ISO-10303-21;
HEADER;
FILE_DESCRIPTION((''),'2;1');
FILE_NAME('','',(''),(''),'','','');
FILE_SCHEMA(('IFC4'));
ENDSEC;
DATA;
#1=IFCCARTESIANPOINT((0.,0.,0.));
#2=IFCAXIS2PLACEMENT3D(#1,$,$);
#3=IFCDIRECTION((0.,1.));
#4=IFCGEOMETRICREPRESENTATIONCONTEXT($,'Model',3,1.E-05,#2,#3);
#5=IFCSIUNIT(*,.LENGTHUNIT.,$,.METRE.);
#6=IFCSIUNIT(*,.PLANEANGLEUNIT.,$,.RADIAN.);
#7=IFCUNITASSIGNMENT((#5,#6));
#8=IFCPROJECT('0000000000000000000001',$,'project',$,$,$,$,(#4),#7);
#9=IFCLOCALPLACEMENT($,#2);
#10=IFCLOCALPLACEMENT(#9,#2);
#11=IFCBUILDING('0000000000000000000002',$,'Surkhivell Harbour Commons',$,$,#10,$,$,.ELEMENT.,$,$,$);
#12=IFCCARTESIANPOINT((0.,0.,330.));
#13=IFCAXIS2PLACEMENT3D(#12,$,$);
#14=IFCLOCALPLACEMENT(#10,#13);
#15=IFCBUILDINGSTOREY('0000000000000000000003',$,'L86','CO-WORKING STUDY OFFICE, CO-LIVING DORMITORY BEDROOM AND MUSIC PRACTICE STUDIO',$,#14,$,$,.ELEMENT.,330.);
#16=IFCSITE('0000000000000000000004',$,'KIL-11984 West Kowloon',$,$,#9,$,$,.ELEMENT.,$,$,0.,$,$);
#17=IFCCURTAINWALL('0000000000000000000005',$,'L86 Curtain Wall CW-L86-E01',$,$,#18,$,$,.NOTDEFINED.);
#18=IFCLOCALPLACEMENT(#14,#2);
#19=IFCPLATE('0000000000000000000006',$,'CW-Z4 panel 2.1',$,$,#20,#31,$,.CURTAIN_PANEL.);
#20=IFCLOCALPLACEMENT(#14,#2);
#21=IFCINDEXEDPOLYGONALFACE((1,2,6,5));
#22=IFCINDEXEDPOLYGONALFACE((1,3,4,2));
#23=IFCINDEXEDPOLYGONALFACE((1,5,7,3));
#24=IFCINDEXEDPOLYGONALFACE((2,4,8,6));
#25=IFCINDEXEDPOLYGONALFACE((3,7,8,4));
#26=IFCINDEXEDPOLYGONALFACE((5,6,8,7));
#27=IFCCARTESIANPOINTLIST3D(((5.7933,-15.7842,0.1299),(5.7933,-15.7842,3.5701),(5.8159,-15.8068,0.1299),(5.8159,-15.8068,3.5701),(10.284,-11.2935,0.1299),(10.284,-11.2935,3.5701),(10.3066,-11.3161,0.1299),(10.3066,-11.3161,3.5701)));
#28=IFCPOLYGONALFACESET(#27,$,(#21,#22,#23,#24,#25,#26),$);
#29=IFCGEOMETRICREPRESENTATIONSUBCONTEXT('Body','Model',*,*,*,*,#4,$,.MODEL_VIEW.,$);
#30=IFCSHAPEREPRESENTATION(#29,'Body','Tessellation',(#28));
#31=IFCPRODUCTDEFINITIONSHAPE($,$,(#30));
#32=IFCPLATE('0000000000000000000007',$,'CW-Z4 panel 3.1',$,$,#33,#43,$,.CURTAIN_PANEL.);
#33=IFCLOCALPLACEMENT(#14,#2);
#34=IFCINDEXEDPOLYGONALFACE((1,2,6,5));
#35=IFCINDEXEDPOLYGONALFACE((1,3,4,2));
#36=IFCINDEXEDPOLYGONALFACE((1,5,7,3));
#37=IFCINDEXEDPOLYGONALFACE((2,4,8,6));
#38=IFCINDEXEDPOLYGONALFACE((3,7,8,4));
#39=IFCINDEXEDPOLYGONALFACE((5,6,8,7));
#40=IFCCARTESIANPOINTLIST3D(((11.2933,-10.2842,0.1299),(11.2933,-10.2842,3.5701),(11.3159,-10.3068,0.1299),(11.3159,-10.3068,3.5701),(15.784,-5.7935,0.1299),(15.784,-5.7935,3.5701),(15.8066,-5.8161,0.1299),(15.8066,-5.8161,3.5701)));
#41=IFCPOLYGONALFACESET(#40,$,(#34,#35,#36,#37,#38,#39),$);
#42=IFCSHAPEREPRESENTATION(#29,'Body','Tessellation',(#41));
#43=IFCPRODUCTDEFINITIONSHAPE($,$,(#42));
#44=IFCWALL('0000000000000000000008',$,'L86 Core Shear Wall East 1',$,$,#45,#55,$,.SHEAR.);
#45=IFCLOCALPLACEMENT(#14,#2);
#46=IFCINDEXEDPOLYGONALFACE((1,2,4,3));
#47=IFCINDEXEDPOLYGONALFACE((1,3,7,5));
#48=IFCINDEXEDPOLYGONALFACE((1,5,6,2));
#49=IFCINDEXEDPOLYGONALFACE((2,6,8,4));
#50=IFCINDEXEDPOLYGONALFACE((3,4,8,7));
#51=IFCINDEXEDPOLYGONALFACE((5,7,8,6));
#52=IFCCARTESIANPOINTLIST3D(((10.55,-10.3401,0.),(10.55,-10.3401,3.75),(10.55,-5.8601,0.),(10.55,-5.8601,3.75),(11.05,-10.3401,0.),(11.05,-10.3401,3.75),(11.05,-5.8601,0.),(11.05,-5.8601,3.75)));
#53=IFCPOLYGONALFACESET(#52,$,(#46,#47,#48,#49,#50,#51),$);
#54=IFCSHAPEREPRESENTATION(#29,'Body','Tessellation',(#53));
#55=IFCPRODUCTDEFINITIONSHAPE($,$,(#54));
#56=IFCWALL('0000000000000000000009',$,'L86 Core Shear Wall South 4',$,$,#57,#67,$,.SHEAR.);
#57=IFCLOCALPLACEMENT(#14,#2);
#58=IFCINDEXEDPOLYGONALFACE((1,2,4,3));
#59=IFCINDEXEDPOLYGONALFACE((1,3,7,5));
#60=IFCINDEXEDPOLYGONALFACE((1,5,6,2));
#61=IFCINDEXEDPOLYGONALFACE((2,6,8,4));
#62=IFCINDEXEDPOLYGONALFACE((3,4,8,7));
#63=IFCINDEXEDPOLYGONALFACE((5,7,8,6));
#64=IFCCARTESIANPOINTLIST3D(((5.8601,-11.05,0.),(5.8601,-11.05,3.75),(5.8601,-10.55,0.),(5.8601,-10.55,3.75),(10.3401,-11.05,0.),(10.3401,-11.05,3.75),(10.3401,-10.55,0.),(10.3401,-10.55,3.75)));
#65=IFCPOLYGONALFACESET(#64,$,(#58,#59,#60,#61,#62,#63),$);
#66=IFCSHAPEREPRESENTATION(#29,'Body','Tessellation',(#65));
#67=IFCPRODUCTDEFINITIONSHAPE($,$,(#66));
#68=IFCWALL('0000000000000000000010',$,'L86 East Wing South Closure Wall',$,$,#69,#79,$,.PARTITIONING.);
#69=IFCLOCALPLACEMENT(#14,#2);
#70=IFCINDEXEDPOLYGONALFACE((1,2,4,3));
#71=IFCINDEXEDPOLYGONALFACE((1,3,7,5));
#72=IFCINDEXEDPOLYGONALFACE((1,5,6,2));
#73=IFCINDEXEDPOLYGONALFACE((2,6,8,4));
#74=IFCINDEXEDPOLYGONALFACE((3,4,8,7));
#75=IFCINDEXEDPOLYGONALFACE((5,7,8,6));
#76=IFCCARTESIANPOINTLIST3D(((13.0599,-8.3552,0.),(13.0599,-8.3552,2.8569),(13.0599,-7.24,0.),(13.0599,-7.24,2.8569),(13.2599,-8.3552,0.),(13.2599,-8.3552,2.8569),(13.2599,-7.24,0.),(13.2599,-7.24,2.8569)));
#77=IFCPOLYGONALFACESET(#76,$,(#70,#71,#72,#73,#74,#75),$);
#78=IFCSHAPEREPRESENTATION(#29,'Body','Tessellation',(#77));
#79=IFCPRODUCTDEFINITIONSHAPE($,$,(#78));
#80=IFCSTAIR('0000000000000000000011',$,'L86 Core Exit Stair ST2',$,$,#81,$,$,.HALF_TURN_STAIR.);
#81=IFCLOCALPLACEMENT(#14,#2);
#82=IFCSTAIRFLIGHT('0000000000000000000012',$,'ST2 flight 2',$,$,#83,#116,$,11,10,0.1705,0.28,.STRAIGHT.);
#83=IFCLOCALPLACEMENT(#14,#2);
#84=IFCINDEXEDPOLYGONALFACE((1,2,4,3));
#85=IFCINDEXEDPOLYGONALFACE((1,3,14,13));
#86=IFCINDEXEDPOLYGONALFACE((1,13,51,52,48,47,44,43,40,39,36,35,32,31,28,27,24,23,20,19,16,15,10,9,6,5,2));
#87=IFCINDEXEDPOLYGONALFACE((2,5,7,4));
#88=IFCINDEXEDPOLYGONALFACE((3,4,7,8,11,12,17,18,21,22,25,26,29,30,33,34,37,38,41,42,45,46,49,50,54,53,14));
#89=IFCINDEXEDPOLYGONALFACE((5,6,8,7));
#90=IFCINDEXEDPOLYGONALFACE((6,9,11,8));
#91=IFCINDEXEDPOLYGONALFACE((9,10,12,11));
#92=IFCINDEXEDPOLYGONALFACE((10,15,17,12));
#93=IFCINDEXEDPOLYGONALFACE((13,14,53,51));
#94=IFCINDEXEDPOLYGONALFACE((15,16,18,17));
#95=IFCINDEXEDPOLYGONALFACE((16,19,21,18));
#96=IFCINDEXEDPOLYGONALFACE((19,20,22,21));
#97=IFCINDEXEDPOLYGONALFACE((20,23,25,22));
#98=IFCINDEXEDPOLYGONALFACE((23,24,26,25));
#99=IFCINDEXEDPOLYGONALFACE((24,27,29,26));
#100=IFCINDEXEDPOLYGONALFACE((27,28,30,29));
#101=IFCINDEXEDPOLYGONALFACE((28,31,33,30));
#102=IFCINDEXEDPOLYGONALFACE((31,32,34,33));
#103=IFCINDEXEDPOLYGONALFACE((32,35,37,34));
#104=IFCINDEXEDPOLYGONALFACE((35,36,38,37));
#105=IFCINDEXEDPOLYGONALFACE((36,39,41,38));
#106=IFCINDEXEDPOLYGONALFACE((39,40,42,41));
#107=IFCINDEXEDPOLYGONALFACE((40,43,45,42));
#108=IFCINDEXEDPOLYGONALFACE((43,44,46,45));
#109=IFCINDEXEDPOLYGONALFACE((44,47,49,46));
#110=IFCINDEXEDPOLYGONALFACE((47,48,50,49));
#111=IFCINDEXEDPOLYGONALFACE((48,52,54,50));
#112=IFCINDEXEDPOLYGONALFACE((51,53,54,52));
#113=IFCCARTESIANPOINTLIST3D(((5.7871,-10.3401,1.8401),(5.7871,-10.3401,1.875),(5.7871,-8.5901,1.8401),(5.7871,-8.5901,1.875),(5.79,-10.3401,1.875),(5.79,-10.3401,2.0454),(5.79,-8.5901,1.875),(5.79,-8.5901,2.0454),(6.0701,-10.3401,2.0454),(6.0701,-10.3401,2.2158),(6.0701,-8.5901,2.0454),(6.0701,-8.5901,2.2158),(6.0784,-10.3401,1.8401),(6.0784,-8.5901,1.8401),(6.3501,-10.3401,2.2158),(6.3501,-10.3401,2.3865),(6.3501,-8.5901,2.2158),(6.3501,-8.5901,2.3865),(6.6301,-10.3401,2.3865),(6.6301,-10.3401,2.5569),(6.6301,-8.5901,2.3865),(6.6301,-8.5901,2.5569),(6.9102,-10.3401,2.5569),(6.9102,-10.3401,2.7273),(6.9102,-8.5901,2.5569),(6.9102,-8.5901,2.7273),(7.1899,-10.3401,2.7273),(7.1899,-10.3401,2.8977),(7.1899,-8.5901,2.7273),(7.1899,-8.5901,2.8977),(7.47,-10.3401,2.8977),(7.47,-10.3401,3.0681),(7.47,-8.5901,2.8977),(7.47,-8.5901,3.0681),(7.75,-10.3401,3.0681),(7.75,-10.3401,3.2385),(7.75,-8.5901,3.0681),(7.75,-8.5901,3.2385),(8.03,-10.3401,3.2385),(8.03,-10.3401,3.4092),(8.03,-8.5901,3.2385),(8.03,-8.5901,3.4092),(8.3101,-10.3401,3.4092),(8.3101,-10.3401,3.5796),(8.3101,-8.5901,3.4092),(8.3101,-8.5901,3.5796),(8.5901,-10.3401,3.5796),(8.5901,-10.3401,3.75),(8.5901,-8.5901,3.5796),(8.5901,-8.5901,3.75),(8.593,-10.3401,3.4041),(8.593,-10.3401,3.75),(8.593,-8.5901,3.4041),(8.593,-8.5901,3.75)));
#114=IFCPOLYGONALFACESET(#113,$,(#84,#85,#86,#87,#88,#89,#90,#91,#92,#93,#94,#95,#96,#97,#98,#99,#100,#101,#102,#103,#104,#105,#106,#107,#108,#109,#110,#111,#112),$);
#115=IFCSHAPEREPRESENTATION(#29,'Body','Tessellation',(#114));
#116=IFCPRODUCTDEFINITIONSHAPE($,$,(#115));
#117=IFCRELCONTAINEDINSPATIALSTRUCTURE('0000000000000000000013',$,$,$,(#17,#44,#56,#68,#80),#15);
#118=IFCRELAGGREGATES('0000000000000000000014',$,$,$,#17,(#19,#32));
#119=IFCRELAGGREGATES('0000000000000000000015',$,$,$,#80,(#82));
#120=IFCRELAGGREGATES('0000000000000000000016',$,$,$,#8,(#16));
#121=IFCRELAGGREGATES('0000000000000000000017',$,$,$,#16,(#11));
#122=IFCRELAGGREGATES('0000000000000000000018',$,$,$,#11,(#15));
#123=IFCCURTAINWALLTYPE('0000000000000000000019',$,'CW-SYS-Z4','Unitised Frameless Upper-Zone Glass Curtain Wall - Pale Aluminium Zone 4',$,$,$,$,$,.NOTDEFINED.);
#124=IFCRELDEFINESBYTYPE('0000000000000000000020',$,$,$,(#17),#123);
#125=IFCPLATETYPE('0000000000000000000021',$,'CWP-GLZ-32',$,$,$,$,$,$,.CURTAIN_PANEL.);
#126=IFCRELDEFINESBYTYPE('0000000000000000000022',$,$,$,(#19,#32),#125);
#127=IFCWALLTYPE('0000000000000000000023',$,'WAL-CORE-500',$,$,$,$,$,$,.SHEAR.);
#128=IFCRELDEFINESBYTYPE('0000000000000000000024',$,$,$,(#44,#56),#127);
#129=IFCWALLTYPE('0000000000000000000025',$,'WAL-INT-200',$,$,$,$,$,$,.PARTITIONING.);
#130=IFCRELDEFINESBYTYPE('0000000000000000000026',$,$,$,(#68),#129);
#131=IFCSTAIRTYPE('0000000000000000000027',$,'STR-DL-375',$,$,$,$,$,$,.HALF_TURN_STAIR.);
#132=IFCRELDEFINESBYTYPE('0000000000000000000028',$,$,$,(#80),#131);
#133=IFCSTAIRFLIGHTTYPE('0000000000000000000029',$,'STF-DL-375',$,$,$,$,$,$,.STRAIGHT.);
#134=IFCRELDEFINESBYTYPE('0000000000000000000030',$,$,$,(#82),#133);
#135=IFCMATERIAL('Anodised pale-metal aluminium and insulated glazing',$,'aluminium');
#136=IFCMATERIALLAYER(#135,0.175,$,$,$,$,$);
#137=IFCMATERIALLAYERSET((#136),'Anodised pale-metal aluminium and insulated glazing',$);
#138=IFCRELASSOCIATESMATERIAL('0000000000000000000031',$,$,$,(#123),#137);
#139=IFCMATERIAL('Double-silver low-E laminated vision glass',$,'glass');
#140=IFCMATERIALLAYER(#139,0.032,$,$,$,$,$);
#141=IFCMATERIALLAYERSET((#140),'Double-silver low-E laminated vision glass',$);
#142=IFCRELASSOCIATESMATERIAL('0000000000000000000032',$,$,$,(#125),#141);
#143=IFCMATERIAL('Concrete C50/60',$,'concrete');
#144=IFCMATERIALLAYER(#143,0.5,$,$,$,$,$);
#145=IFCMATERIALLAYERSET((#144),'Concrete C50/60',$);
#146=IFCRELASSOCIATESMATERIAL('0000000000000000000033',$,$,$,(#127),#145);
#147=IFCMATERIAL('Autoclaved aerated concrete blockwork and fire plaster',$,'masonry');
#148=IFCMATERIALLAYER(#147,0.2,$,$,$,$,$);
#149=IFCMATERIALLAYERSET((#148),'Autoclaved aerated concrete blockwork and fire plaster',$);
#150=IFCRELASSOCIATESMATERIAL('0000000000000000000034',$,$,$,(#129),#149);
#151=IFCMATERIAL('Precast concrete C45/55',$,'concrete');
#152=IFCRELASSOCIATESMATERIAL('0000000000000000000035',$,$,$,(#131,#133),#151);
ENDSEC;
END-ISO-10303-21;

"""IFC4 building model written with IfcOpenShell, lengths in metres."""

from ifc_helpers import new_model, si_unit, direction, frame, frame_2d, origin, place, context, subcontext, project, spatial, polyline, rectangle, outline, extrude, material, layer, layer_set, type_object, element, aggregate, save


model = new_model("IFC4")

# Units and contexts
model_context = context("Model", 3, precision=1e-05, world=origin(), true_north=direction((0.0, 1.0)))
body_context = subcontext(model_context, "Body", "Model", "MODEL_VIEW")
ifc_project = project(units=[si_unit("LENGTHUNIT", "METRE"), si_unit("PLANEANGLEUNIT", "RADIAN")], contexts=[model_context])

# Site, building, storey
site_placement = place(None, origin())
site = spatial("IfcSite", under=ifc_project, at=site_placement, Name="KIL-11984 West Kowloon", CompositionType="ELEMENT", RefElevation=0.0)
building_placement = place(site_placement, origin())
building = spatial("IfcBuilding", under=site, at=building_placement, Name="Surkhivell Harbour Commons", CompositionType="ELEMENT")
storey_placement = place(building_placement, frame((0.0, 0.0, 330.0)))
storey = spatial("IfcBuildingStorey", under=building, at=storey_placement, Name="L86", Description="CO-WORKING STUDY OFFICE, CO-LIVING DORMITORY BEDROOM AND MUSIC PRACTICE STUDIO", CompositionType="ELEMENT", Elevation=330.0)

# Shared definitions
ifc_material_1 = material(Name="Concrete C50/60", Category="concrete")

# Curtain wall, plates
ifc_material_2 = material(Name="Anodised pale-metal aluminium and insulated glazing", Category="aluminium")
ifc_layer_1 = layer(ifc_material_2, 0.175)
ifc_layer_set_1 = layer_set([ifc_layer_1], Name="Anodised pale-metal aluminium and insulated glazing")
curtain_wall_type = type_object("IfcCurtainWallType", Name="CW-SYS-Z4", Description="Unitised Frameless Upper-Zone Glass Curtain Wall - Pale Aluminium Zone 4", PredefinedType="NOTDEFINED", material=ifc_layer_set_1)
curtain_wall_placement = place(storey_placement, origin())
curtain_wall = element("IfcCurtainWall", 1, at=curtain_wall_placement, inside=storey, type_object=curtain_wall_type, Name="L86 Curtain Wall CW-L86-E01", PredefinedType="NOTDEFINED")
ifc_material_3 = material(Name="Double-silver low-E laminated vision glass", Category="glass")
ifc_layer_2 = layer(ifc_material_3, 0.032)
ifc_layer_set_2 = layer_set([ifc_layer_2], Name="Double-silver low-E laminated vision glass")
plate_type = type_object("IfcPlateType", Name="CWP-GLZ-32", PredefinedType="CURTAIN_PANEL", material=ifc_layer_set_2)
plate_1_placement = place(storey_placement, frame((5.8047, -15.7954, 0.1299), z_axis=(0.0, 0.0, 1.0), x_axis=(0.707107, 0.707107, 0.0)))
plate_1 = element("IfcPlate", 2, at=plate_1_placement, type_object=plate_type, Name="CW-Z4 panel 2.1", PredefinedType="CURTAIN_PANEL", context=body_context, shape_type="SweptSolid", body=[
    extrude(rectangle(XDim=6.3508, YDim=0.032, at=frame_2d((3.1753, 0.0))), origin(), (0.0, 0.0, 1.0), 3.4402),
])
plate_2_placement = place(storey_placement, frame((11.3047, -10.2954, 0.1299), z_axis=(0.0, 0.0, 1.0), x_axis=(0.707107, 0.707107, 0.0)))
plate_2 = element("IfcPlate", 3, at=plate_2_placement, type_object=plate_type, Name="CW-Z4 panel 3.1", PredefinedType="CURTAIN_PANEL", context=body_context, shape_type="SweptSolid", body=[
    extrude(rectangle(XDim=6.3508, YDim=0.032, at=frame_2d((3.1753, 0.0))), origin(), (0.0, 0.0, 1.0), 3.4402),
])
aggregate(curtain_wall, [plate_1, plate_2])

# Walls
ifc_layer_3 = layer(ifc_material_1, 0.5)
ifc_layer_set_3 = layer_set([ifc_layer_3], Name="Concrete C50/60")
wall_type_1 = type_object("IfcWallType", Name="WAL-CORE-500", PredefinedType="SHEAR", material=ifc_layer_set_3)
for number, where, z_axis, x_axis, name in (
    (4, (10.8, -10.3401, 0.0), (0.0, 0.0, 1.0), (0.0, 1.0, 0.0), "L86 Core Shear Wall East 1"),
    (5, (5.8601, -10.8, 0.0), (0.0, 0.0, 1.0), (1.0, 0.0, 0.0), "L86 Core Shear Wall South 4"),
):
    element("IfcWall", number, at=place(storey_placement, frame(where, z_axis=z_axis, x_axis=x_axis)), inside=storey, type_object=wall_type_1, Name=name, PredefinedType="SHEAR", context=body_context, shape_type="SweptSolid", body=[
        extrude(rectangle(XDim=4.48, YDim=0.5, at=frame_2d((2.24, 0.0))), origin(), (0.0, 0.0, 1.0), 3.75),
    ])
ifc_material_4 = material(Name="Autoclaved aerated concrete blockwork and fire plaster", Category="masonry")
ifc_layer_4 = layer(ifc_material_4, 0.2)
ifc_layer_set_4 = layer_set([ifc_layer_4], Name="Autoclaved aerated concrete blockwork and fire plaster")
wall_type_2 = type_object("IfcWallType", Name="WAL-INT-200", PredefinedType="PARTITIONING", material=ifc_layer_set_4)
wall_placement = place(storey_placement, frame((13.1599, -8.3552, 0.0), z_axis=(0.0, 0.0, 1.0), x_axis=(0.0, 1.0, 0.0)))
element("IfcWall", 6, at=wall_placement, inside=storey, type_object=wall_type_2, Name="L86 East Wing South Closure Wall", PredefinedType="PARTITIONING", context=body_context, shape_type="SweptSolid", body=[
    extrude(rectangle(XDim=1.1152, YDim=0.2, at=frame_2d((0.5576, 0.0))), origin(), (0.0, 0.0, 1.0), 2.8569),
])

# Stair, stair flight
ifc_material_5 = material(Name="Precast concrete C45/55", Category="concrete")
stair_type = type_object("IfcStairType", Name="STR-DL-375", PredefinedType="HALF_TURN_STAIR", material=ifc_material_5)
stair_placement = place(storey_placement, origin())
stair = element("IfcStair", 7, at=stair_placement, inside=storey, type_object=stair_type, Name="L86 Core Exit Stair ST2", PredefinedType="HALF_TURN_STAIR")
stair_flight_type = type_object("IfcStairFlightType", Name="STF-DL-375", PredefinedType="STRAIGHT", material=ifc_material_5)
stair_flight_placement = place(storey_placement, frame((5.79, -9.4651, 1.875), z_axis=(0.0, 0.0, 1.0), x_axis=(1.0, 0.0, 0.0)))
stair_flight = element("IfcStairFlight", 8, at=stair_flight_placement, type_object=stair_flight_type, Name="ST2 flight 2", NumberOfRisers=11, NumberOfTreads=10, PredefinedType="STRAIGHT", RiserHeight=0.1705, TreadLength=0.28, context=body_context, shape_type="SweptSolid", body=[
    extrude(outline(polyline([(-0.0029, -0.0349), (-0.0029, 0.0), (0.0, 0.0), (0.0, 0.1704), (0.28, 0.1704), (0.28, 0.3408), (0.5601, 0.3408), (0.5601, 0.5115), (0.8401, 0.5115), (0.8401, 0.6819), (1.1201, 0.6819), (1.1201, 0.8523), (1.3999, 0.8523), (1.3999, 1.0227), (1.6799, 1.0227), (1.6799, 1.1931), (1.96, 1.1931), (1.96, 1.3635), (2.24, 1.3635), (2.24, 1.5342), (2.52, 1.5342), (2.52, 1.7046), (2.8, 1.7046), (2.8, 1.875), (2.803, 1.875), (2.803, 1.5291), (0.2883, -0.0349), (-0.0029, -0.0349)])), frame((0.0, 0.875, 0.0), z_axis=(0.0, -1.0, 0.0), x_axis=(1.0, 0.0, 0.0)), (0.0, 0.0, 1.0), 1.75),
])
aggregate(stair, [stair_flight])

save(model, "model.ifc")
